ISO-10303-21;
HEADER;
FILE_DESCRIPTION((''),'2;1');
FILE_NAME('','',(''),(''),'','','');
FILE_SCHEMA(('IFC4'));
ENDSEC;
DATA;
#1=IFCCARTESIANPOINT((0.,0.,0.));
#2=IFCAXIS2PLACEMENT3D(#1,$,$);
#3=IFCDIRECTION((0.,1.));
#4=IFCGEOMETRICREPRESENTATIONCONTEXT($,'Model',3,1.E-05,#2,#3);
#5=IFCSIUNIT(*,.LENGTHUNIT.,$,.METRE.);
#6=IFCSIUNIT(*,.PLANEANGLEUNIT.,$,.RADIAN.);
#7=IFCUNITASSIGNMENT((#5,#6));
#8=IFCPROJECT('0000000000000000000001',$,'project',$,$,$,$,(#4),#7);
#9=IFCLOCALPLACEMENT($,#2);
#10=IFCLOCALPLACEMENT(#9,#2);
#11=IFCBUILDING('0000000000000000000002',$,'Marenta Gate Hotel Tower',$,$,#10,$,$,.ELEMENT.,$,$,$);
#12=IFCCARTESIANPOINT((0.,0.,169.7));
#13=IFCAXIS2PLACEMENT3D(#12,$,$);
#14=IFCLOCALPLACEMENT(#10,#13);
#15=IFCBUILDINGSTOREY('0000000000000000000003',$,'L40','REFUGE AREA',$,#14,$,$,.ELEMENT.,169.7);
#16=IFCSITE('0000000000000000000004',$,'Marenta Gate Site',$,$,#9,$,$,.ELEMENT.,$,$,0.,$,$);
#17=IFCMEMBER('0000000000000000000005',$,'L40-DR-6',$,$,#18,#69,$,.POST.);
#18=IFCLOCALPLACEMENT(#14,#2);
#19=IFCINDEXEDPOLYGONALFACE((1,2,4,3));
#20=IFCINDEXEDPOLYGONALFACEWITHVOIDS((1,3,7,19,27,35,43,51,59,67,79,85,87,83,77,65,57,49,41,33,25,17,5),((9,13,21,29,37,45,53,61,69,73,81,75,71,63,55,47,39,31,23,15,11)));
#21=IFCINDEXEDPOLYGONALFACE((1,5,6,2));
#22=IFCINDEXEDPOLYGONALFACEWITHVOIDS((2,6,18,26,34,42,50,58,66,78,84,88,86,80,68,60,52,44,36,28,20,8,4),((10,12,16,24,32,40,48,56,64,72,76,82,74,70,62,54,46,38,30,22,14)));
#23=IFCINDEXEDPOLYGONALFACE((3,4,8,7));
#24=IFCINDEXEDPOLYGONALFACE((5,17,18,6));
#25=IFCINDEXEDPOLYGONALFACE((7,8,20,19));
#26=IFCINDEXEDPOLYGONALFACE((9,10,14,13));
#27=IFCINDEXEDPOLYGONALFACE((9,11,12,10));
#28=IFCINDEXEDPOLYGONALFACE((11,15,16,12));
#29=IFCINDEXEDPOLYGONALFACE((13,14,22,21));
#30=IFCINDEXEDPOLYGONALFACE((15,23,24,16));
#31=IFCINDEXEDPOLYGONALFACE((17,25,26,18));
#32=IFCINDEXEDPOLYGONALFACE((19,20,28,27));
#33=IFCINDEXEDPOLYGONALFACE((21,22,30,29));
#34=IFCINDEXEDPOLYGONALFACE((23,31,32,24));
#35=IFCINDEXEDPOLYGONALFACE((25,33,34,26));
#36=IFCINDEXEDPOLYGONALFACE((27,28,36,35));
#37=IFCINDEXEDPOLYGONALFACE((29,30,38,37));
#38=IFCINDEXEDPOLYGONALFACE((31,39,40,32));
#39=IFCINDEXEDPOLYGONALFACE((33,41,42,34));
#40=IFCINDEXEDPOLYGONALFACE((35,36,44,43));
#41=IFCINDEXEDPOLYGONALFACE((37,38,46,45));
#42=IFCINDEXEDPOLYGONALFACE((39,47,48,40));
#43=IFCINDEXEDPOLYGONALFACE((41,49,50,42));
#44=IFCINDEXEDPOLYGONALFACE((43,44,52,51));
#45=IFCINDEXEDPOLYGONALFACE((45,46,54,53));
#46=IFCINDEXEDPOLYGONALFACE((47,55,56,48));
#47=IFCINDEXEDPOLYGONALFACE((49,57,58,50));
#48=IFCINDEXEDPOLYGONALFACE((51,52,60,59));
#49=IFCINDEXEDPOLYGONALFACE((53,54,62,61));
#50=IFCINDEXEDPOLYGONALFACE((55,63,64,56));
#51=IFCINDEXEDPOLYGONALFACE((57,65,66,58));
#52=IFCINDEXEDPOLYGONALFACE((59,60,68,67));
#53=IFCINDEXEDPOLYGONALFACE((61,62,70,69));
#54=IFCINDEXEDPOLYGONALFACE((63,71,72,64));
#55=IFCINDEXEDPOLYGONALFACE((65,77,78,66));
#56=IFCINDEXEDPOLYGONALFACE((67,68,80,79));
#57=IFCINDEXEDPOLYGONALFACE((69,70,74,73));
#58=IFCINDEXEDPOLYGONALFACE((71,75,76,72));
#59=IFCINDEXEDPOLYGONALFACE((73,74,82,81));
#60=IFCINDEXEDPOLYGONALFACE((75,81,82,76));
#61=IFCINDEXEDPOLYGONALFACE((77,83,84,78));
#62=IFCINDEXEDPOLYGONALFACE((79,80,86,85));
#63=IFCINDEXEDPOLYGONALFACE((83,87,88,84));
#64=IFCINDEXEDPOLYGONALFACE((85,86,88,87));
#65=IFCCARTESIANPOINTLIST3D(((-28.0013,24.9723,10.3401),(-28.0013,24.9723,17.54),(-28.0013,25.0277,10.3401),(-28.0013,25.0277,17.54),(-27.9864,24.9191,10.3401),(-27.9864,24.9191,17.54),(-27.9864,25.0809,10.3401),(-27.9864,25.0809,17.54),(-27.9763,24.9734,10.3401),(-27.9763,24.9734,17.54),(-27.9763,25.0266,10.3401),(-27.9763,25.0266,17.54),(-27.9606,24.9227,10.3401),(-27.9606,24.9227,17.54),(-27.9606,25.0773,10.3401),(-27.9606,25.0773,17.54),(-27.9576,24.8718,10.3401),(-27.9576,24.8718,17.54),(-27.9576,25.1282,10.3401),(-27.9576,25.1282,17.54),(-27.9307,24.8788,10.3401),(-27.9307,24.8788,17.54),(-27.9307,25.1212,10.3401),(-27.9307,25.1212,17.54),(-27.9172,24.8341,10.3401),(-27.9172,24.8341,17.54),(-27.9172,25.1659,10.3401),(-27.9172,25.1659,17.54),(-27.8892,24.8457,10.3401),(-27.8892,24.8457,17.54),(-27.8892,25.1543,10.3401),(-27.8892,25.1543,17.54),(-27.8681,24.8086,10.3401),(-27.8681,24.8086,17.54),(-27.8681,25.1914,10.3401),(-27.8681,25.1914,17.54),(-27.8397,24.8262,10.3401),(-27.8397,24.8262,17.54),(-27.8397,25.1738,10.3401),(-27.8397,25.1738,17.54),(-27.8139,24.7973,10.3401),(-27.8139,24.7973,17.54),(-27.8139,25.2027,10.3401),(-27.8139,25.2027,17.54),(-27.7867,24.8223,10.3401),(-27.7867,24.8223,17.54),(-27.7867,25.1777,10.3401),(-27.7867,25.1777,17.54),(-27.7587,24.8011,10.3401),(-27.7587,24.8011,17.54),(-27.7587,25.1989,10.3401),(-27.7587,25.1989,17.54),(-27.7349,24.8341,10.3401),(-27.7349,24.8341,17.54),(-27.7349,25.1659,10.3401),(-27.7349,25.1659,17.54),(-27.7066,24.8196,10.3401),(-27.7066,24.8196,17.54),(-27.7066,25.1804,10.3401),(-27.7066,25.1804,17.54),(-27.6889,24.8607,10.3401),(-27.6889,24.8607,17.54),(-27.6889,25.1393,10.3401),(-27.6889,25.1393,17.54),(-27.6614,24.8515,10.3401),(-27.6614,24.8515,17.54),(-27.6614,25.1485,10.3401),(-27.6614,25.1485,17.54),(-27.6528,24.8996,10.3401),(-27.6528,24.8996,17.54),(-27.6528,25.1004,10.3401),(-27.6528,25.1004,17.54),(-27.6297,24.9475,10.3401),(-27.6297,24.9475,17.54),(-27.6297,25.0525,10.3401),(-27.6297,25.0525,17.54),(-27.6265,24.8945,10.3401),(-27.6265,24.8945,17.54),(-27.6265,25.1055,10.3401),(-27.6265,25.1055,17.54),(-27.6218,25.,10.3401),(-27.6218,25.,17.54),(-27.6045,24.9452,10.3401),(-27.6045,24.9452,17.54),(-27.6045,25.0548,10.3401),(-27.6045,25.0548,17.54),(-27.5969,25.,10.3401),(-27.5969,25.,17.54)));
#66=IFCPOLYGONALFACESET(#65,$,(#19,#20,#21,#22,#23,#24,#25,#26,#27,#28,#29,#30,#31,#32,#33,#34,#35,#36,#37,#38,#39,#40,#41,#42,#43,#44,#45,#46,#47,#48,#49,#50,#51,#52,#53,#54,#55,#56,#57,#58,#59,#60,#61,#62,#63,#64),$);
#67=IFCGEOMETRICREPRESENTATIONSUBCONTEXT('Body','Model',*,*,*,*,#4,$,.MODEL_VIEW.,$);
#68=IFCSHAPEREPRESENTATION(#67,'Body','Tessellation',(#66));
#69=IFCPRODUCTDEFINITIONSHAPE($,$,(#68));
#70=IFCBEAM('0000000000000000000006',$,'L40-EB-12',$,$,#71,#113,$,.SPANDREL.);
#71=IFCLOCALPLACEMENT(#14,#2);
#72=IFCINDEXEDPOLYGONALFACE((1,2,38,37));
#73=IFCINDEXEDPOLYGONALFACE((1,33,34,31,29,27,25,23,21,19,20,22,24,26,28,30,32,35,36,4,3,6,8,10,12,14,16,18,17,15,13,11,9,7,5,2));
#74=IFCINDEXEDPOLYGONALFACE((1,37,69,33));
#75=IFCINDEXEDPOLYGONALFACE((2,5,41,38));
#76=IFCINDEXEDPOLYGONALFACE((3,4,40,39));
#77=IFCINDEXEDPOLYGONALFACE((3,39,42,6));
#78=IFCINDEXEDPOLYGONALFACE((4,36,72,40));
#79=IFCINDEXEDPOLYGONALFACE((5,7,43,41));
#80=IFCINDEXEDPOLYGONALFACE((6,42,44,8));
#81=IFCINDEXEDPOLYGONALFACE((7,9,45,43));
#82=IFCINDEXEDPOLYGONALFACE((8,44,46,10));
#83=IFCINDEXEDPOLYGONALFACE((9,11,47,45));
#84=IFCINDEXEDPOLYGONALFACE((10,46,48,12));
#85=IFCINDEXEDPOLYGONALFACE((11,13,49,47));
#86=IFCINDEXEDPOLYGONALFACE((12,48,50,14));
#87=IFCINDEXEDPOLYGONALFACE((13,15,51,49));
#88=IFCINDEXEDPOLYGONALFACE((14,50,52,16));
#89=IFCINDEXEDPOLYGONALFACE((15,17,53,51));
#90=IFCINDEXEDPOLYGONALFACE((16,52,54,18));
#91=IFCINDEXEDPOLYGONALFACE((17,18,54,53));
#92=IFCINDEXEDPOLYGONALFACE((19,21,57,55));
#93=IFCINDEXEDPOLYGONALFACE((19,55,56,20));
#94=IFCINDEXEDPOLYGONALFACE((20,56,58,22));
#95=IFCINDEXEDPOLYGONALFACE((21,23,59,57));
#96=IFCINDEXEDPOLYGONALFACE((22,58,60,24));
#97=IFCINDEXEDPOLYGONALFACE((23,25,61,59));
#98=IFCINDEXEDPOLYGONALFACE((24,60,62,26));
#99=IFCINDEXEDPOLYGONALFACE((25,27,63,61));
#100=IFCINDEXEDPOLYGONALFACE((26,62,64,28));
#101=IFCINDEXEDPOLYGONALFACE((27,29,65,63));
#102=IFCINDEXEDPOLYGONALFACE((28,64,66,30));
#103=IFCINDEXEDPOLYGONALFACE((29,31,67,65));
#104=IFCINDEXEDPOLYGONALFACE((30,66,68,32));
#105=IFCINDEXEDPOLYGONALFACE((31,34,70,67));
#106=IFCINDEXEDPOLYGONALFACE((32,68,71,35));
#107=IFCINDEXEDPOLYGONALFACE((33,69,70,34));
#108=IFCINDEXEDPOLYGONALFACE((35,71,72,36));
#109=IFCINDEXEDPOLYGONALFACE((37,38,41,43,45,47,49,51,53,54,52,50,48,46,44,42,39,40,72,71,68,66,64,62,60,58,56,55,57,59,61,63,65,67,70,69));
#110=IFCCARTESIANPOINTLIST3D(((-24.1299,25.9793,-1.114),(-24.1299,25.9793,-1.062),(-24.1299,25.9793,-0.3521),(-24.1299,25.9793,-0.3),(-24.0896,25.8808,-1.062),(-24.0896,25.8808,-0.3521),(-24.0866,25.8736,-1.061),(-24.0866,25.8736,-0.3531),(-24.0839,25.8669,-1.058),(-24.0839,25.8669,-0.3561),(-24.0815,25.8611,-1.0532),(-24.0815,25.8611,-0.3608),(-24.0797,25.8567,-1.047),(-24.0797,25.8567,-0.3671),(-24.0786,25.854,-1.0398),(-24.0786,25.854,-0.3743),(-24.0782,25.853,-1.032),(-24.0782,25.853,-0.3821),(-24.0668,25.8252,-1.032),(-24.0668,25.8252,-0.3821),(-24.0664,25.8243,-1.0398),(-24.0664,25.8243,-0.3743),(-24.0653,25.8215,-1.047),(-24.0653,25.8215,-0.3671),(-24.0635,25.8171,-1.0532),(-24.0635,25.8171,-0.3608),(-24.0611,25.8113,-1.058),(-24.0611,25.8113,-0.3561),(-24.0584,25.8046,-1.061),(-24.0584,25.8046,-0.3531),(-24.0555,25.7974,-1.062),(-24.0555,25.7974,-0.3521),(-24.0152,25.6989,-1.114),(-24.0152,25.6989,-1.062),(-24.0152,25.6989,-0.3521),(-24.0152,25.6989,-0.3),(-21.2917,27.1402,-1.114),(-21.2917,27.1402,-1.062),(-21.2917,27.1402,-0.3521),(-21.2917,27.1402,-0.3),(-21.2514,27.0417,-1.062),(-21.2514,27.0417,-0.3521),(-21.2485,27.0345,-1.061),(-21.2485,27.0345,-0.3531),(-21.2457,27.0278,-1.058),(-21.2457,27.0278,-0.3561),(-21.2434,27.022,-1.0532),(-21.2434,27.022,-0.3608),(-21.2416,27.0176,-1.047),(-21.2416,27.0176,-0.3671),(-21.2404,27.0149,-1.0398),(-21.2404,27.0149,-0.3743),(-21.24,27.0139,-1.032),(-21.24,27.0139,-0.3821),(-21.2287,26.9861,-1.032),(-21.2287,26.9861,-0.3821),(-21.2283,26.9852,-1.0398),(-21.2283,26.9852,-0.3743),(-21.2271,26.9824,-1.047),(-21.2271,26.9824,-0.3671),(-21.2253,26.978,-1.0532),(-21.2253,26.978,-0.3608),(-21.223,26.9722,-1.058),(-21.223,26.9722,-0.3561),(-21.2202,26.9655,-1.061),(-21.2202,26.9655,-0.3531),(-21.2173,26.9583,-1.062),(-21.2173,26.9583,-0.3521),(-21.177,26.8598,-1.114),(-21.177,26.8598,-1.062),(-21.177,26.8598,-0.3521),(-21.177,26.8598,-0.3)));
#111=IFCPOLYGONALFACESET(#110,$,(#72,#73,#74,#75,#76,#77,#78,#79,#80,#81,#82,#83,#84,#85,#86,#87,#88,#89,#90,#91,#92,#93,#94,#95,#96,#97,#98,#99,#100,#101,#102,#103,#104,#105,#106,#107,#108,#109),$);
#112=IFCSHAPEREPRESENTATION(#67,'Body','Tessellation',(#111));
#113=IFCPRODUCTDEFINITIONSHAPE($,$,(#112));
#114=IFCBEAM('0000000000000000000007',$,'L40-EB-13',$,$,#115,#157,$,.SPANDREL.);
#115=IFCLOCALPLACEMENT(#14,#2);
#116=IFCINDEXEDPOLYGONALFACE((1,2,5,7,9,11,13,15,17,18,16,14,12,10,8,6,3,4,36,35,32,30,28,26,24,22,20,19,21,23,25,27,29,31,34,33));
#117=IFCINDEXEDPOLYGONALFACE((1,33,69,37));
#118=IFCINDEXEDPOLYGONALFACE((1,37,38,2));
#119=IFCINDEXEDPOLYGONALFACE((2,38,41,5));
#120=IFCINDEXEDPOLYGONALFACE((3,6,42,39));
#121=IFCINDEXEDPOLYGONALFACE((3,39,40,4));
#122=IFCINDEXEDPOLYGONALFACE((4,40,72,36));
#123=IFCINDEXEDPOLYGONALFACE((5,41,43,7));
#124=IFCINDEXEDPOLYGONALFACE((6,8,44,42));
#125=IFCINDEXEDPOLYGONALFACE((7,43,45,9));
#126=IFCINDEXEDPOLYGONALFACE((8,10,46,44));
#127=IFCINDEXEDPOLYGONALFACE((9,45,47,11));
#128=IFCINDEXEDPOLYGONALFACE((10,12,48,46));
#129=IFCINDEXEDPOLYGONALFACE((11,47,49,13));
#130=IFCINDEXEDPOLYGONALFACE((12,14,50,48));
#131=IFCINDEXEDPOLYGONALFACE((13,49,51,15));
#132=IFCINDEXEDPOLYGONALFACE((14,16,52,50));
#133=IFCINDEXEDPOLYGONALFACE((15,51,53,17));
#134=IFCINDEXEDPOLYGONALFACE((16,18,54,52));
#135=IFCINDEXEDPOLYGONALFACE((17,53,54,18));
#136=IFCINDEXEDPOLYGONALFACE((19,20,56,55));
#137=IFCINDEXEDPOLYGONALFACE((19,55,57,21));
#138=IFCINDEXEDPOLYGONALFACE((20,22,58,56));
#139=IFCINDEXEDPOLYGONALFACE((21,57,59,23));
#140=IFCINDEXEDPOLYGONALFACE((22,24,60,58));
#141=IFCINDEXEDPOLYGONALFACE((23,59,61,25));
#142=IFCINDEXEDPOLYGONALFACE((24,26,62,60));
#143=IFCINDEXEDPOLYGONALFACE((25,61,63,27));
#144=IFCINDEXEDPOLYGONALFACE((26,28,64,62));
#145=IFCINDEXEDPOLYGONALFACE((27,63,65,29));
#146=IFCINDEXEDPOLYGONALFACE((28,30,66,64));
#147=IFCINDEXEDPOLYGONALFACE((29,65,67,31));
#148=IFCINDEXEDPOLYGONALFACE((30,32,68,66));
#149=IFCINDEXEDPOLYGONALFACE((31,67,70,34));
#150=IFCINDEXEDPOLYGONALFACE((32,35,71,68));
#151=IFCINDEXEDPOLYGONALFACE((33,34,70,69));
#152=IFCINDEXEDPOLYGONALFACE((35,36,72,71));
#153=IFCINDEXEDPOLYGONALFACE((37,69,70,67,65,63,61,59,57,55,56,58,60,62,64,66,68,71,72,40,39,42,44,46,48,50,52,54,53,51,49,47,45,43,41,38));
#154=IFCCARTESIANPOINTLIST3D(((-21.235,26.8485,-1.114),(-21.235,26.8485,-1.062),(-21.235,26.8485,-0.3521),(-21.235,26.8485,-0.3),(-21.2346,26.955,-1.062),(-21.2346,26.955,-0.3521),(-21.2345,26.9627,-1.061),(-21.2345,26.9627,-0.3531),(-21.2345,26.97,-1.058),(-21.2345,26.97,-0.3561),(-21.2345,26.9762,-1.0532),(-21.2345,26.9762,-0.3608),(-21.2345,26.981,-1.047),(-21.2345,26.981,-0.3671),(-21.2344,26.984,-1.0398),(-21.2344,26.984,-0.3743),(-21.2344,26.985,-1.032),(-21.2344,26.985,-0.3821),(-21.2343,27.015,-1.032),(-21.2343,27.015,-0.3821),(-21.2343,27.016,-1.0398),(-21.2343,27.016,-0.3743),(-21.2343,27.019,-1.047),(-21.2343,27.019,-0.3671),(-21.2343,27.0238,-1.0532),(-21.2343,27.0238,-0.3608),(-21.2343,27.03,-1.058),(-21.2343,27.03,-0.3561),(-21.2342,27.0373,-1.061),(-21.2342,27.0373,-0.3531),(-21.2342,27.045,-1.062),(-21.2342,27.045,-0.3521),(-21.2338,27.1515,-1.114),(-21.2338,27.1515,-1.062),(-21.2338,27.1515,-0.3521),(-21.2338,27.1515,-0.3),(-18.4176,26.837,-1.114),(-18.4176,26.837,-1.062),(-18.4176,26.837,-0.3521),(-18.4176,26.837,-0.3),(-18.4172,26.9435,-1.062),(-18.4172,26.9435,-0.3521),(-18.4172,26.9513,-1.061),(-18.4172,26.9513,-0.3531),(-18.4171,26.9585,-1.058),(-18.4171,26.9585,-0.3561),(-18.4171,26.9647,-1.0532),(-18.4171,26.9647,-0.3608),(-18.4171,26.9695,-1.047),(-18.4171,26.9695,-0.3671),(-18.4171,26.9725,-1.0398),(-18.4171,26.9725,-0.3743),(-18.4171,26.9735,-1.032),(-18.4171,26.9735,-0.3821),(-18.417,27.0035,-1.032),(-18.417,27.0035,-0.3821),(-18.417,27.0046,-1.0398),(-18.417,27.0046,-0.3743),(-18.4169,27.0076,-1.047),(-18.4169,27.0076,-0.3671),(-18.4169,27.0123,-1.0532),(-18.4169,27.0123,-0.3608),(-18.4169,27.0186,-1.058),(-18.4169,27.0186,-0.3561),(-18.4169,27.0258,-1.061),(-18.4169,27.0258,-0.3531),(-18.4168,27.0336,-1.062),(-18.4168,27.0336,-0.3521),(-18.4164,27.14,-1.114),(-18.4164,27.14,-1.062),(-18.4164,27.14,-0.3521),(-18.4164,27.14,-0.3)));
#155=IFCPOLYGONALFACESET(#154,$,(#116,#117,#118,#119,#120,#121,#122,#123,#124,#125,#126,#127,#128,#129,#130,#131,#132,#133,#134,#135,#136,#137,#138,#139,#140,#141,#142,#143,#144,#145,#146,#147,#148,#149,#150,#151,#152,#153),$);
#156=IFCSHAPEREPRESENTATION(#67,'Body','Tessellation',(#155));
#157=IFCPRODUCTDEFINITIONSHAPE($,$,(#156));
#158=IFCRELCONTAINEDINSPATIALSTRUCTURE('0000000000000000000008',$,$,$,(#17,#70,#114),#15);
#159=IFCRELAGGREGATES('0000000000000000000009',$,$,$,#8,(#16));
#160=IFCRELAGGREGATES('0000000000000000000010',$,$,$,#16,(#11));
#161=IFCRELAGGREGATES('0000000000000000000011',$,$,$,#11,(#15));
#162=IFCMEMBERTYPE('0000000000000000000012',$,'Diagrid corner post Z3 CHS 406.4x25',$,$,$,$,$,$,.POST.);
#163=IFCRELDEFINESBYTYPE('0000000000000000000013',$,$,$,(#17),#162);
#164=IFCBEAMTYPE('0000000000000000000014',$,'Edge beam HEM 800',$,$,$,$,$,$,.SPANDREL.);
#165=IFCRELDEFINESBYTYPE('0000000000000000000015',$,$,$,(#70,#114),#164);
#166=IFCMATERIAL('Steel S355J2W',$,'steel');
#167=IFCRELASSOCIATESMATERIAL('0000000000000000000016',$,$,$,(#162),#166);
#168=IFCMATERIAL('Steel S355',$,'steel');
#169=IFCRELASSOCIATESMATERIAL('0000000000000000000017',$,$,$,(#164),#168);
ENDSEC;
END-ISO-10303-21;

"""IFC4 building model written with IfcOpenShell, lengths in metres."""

from ifc_helpers import new_model, si_unit, direction, frame, origin, origin_2d, place, context, subcontext, project, spatial, hollow_circle, i_section, extrude, material, material_profile, profile_set, type_object, element, save


model = new_model("IFC4")

# Units and contexts
model_context = context("Model", 3, precision=1e-05, world=origin(), true_north=direction((0.0, 1.0)))
body_context = subcontext(model_context, "Body", "Model", "MODEL_VIEW")
ifc_project = project(units=[si_unit("LENGTHUNIT", "METRE"), si_unit("PLANEANGLEUNIT", "RADIAN")], contexts=[model_context])

# Site, building, storey
site_placement = place(None, origin())
site = spatial("IfcSite", under=ifc_project, at=site_placement, Name="Marenta Gate Site", CompositionType="ELEMENT", RefElevation=0.0)
building_placement = place(site_placement, origin())
building = spatial("IfcBuilding", under=site, at=building_placement, Name="Marenta Gate Hotel Tower", CompositionType="ELEMENT")
storey_placement = place(building_placement, frame((0.0, 0.0, 169.7)))
storey = spatial("IfcBuildingStorey", under=building, at=storey_placement, Name="L40", Description="REFUGE AREA", CompositionType="ELEMENT", Elevation=169.7)

# Member
ifc_material_1 = material(Name="Steel S355J2W", Category="steel")
ifc_material_profile_1 = material_profile(ifc_material_1, hollow_circle(Radius=0.2031, WallThickness=0.0249, at=origin_2d()), Name="CHS 406.4x25")
ifc_profile_set_1 = profile_set([ifc_material_profile_1], Name="Steel S355J2W")
member_type_1 = type_object("IfcMemberType", Name="Diagrid corner post Z3 CHS 406.4x25", PredefinedType="POST", material=ifc_profile_set_1)
member_1_placement = place(storey_placement, frame((-27.8, 25.0, 10.3401), z_axis=(0.0, 0.0, 1.0), x_axis=(1.0, 0.0, 0.0)))
element("IfcMember", 1, at=member_1_placement, inside=storey, type_object=member_type_1, Name="L40-DR-6", PredefinedType="POST", context=body_context, shape_type="SweptSolid", body=[
    extrude(hollow_circle(Radius=0.2031, WallThickness=0.0249, at=origin_2d()), origin(), (0.0, 0.0, 1.0), 7.2),
])

# Beams
ifc_material_2 = material(Name="Steel S355", Category="steel")
ifc_material_profile_2 = material_profile(ifc_material_2, i_section(OverallWidth=0.303, OverallDepth=0.814, WebThickness=0.03, FlangeThickness=0.052, FilletRadius=0.03, at=origin_2d()), Name="HEM 800")
ifc_profile_set_2 = profile_set([ifc_material_profile_2], Name="Steel S355")
beam_type_1 = type_object("IfcBeamType", Name="Edge beam HEM 800", PredefinedType="SPANDREL", material=ifc_profile_set_2)
beam_1_placement = place(storey_placement, frame((-24.0725, 25.8391, -0.707), z_axis=(0.925566, 0.378586, 0.0), x_axis=(-0.378586, 0.925566, 0.0)))
element("IfcBeam", 2, at=beam_1_placement, inside=storey, type_object=beam_type_1, Name="L40-EB-12", PredefinedType="SPANDREL", context=body_context, shape_type="SweptSolid", body=[
    extrude(i_section(OverallWidth=0.303, OverallDepth=0.814, WebThickness=0.03, FlangeThickness=0.052, FilletRadius=0.03, at=origin_2d()), origin(), (0.0, 0.0, 1.0), 3.0664),
])
beam_2_placement = place(storey_placement, frame((-21.2344, 27.0, -0.707), z_axis=(0.999992, -0.004073, 0.0), x_axis=(0.004073, 0.999992, 0.0)))
element("IfcBeam", 3, at=beam_2_placement, inside=storey, type_object=beam_type_1, Name="L40-EB-13", PredefinedType="SPANDREL", context=body_context, shape_type="SweptSolid", body=[
    extrude(i_section(OverallWidth=0.303, OverallDepth=0.814, WebThickness=0.03, FlangeThickness=0.052, FilletRadius=0.03, at=origin_2d()), origin(), (0.0, 0.0, 1.0), 2.8174),
])

save(model, "model.ifc")
